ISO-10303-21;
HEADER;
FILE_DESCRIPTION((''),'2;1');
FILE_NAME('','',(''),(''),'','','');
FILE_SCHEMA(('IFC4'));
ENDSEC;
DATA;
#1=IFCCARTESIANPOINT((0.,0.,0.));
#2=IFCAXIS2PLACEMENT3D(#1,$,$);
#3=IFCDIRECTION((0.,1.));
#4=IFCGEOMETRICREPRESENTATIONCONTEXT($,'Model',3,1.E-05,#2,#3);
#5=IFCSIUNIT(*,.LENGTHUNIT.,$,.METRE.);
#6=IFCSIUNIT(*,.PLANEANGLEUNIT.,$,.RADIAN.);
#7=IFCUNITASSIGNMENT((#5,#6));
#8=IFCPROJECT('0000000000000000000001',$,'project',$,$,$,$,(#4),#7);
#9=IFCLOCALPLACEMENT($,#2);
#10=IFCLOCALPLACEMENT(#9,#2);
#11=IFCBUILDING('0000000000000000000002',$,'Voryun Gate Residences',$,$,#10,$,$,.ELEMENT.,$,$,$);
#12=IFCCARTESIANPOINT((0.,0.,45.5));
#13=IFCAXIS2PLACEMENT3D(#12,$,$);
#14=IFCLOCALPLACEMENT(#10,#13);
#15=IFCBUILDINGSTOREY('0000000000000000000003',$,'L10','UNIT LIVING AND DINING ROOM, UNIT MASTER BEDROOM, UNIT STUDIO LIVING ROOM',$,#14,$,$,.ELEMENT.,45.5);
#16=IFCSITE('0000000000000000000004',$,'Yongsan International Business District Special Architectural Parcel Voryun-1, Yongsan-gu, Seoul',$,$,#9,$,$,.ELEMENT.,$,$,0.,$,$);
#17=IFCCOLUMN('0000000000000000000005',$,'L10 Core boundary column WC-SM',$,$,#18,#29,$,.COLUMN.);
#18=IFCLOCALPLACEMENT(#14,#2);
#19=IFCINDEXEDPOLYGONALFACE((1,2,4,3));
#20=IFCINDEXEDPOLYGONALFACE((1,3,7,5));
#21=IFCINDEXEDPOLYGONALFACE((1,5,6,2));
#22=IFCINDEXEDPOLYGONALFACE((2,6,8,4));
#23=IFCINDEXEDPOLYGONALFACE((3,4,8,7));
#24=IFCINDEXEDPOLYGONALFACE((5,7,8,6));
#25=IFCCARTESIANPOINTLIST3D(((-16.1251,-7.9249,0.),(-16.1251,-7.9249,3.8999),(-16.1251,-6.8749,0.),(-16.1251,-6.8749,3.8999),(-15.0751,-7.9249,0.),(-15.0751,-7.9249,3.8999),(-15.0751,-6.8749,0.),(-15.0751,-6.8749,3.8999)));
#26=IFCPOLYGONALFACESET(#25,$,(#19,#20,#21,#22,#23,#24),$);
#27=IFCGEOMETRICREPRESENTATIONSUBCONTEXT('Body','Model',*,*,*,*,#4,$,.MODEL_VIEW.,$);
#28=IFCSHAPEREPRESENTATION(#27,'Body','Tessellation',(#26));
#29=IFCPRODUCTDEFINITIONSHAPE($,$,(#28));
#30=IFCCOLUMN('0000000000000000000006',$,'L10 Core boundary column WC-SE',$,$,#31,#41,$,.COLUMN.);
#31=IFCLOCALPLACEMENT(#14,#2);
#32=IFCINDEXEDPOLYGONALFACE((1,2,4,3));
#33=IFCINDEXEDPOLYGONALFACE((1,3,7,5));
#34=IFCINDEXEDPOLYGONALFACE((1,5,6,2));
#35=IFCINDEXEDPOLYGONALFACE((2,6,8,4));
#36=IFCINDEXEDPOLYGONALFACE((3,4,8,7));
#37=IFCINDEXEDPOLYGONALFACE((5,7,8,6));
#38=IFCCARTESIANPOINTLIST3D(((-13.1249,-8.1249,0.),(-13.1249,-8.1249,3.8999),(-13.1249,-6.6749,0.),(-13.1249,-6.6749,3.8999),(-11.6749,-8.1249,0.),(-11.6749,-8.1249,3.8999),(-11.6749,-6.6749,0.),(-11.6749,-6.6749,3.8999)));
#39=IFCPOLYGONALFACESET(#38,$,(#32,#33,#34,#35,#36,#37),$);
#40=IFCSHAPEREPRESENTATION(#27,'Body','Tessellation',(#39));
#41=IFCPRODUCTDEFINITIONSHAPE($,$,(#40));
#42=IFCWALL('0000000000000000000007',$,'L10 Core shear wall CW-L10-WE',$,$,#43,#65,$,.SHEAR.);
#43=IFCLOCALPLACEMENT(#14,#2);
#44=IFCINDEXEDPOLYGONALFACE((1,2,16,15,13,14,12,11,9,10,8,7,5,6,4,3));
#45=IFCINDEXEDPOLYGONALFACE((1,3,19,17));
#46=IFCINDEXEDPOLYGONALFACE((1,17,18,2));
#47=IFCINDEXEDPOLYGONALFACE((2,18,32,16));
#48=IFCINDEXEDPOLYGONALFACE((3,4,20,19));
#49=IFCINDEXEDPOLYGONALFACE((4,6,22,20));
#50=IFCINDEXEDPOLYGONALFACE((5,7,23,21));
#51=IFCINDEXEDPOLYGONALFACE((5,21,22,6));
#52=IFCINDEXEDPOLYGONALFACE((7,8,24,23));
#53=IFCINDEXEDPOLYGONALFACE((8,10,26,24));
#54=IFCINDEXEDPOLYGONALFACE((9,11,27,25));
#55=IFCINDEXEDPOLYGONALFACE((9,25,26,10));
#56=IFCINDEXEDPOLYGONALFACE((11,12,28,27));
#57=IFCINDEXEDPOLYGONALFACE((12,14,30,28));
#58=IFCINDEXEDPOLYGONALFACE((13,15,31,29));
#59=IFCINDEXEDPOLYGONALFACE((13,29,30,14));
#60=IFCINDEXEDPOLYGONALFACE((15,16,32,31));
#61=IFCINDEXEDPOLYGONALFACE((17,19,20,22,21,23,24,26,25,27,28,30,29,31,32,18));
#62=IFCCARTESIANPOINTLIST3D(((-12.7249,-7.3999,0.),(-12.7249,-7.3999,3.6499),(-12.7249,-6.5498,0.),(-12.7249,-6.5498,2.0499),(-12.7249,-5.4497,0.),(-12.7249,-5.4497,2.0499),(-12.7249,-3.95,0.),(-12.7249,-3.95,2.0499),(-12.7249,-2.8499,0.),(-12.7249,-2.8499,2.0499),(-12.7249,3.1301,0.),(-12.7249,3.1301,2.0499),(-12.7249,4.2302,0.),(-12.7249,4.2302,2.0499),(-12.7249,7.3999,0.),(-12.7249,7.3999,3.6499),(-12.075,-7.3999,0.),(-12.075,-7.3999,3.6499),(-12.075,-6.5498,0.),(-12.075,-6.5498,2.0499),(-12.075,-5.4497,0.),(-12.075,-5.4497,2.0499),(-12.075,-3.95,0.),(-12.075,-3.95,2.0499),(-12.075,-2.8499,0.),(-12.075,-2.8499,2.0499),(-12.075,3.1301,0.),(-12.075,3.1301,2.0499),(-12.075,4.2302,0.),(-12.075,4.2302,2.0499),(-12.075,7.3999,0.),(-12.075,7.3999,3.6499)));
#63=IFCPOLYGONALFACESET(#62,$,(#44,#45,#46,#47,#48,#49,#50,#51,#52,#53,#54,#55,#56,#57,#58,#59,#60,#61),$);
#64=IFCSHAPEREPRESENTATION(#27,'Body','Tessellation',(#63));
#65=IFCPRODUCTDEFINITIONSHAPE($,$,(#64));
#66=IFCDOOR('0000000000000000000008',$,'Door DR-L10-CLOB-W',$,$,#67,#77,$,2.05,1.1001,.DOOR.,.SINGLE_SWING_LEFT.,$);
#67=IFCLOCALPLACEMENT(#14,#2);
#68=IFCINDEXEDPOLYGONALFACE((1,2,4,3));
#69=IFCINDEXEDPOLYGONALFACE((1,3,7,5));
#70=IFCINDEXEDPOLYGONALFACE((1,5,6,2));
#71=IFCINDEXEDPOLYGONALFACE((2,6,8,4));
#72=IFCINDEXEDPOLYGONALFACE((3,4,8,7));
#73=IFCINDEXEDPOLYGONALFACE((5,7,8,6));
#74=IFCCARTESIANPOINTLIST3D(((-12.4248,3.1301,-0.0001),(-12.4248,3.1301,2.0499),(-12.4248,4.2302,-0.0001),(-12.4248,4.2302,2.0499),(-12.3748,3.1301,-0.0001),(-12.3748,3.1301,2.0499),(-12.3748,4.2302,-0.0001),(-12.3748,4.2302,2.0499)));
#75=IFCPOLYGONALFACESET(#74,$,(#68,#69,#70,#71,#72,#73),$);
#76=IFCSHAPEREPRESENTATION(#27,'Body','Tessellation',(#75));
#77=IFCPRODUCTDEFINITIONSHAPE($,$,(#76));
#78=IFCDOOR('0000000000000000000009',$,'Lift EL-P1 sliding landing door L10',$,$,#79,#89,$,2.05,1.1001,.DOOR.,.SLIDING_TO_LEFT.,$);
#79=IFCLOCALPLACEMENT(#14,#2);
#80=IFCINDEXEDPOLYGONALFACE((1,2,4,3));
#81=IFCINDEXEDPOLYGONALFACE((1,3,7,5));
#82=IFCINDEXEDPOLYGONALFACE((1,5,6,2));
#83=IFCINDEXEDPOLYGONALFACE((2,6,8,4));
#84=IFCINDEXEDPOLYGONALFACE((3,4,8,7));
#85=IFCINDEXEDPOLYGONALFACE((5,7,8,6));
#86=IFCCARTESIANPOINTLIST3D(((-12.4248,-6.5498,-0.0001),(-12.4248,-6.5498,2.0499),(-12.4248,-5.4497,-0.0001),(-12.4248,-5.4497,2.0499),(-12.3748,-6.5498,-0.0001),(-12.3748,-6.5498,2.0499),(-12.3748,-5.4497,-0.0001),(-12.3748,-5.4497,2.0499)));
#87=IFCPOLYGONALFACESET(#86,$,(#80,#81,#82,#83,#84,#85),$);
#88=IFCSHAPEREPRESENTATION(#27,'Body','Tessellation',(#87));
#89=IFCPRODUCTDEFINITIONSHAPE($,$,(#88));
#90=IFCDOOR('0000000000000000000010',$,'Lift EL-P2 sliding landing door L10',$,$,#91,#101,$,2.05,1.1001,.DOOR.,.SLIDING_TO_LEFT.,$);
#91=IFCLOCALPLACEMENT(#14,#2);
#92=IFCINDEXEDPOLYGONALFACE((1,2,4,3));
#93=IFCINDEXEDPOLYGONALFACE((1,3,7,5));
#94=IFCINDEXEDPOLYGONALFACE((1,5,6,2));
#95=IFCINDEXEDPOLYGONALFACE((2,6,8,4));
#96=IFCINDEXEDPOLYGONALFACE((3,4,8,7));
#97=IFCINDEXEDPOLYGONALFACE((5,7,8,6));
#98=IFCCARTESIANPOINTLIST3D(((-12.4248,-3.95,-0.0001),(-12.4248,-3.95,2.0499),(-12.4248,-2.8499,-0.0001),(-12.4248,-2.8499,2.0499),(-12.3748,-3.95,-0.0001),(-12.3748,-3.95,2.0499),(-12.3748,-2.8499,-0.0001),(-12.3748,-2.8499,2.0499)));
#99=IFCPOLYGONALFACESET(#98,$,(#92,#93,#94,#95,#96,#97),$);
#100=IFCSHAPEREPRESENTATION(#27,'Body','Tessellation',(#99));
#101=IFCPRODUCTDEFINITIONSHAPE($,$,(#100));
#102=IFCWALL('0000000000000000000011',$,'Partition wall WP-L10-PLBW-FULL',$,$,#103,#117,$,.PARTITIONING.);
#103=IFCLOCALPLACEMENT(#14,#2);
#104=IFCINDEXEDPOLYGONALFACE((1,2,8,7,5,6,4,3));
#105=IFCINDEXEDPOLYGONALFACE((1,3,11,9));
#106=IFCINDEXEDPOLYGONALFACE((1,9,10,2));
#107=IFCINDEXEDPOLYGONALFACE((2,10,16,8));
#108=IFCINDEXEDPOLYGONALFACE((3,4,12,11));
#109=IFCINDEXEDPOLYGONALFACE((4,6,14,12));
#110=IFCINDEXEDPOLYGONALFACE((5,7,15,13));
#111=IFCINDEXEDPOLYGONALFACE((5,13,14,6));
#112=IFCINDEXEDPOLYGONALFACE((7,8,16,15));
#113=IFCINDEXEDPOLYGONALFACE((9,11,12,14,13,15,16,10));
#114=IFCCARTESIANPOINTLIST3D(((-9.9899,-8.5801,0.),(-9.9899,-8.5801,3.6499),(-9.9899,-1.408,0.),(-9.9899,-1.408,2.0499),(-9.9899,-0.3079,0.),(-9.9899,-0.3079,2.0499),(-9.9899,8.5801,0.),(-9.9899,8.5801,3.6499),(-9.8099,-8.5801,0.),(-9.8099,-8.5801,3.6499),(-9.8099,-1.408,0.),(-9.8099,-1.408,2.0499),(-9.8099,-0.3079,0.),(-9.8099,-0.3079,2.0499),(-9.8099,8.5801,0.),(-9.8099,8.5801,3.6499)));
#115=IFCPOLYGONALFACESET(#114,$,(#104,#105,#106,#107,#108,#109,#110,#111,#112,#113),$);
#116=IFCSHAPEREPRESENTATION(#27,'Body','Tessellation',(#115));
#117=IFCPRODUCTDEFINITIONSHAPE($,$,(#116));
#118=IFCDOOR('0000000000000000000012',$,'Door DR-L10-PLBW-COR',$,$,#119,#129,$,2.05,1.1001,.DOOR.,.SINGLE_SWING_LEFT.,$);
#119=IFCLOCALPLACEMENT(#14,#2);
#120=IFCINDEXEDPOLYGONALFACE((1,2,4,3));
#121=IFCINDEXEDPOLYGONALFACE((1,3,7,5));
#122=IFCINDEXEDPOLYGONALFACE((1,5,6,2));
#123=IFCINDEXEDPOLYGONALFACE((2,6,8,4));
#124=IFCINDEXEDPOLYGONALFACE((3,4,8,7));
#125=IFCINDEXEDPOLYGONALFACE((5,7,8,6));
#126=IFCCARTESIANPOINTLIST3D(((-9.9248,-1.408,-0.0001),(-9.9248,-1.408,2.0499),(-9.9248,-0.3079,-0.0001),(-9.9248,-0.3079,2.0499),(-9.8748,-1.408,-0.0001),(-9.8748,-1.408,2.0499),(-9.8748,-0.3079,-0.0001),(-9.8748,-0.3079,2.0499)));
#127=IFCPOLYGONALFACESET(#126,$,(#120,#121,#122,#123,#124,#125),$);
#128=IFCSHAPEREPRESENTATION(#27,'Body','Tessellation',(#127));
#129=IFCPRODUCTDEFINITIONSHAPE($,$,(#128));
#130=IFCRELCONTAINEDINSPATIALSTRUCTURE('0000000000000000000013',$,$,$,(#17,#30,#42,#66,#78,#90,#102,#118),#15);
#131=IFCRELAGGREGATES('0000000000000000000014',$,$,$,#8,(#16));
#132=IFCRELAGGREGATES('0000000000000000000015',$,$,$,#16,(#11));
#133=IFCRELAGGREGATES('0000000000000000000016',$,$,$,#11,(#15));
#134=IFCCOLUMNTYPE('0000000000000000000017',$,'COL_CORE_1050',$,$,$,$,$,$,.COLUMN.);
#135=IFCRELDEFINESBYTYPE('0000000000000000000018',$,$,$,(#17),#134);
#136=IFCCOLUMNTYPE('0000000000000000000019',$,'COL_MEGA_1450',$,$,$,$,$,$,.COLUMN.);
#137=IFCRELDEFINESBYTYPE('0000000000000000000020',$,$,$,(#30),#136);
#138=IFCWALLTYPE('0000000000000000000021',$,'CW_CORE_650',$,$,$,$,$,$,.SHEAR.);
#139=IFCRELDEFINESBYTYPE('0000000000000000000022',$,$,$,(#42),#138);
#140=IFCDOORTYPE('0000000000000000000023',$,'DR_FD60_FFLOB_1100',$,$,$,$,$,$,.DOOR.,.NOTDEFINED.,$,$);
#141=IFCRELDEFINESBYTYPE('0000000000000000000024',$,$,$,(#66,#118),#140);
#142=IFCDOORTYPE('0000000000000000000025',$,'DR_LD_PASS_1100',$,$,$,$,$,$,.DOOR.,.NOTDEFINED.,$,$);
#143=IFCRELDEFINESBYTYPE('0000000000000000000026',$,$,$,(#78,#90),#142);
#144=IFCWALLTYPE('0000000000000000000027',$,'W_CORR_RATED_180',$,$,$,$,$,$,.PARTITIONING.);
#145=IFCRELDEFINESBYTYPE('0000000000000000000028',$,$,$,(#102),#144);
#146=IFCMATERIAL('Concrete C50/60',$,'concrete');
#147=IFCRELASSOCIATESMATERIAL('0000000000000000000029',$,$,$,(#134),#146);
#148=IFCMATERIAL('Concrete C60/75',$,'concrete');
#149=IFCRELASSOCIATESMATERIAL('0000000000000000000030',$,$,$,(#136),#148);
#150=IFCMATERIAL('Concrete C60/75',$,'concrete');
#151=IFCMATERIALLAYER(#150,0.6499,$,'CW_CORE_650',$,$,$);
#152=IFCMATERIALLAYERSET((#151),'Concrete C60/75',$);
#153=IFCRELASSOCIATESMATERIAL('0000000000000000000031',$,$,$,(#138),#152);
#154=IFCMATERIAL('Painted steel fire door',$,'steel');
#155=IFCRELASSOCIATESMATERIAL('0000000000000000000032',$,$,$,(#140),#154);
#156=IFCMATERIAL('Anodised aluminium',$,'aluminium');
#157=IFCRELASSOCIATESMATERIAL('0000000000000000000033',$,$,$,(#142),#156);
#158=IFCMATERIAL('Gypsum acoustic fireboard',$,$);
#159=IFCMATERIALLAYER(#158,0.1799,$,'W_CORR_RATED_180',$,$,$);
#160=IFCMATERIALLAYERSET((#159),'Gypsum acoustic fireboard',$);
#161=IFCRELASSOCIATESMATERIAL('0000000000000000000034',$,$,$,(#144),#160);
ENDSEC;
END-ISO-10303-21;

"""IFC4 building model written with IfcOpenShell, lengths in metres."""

from ifc_helpers import new_model, si_unit, direction, frame, frame_2d, origin, origin_2d, place, context, subcontext, project, spatial, rectangle, extrude, material, layer, layer_set, material_profile, profile_set, type_object, element, fill, save


model = new_model("IFC4")

# Units and contexts
model_context = context("Model", 3, precision=1e-05, world=origin(), true_north=direction((0.0, 1.0)))
body_context = subcontext(model_context, "Body", "Model", "MODEL_VIEW")
ifc_project = project(units=[si_unit("LENGTHUNIT", "METRE"), si_unit("PLANEANGLEUNIT", "RADIAN")], contexts=[model_context])

# Site, building, storey
site_placement = place(None, origin())
site = spatial("IfcSite", under=ifc_project, at=site_placement, Name="Yongsan International Business District Special Architectural Parcel Voryun-1, Yongsan-gu, Seoul", CompositionType="ELEMENT", RefElevation=0.0)
building_placement = place(site_placement, origin())
building = spatial("IfcBuilding", under=site, at=building_placement, Name="Voryun Gate Residences", CompositionType="ELEMENT")
storey_placement = place(building_placement, frame((0.0, 0.0, 45.5)))
storey = spatial("IfcBuildingStorey", under=building, at=storey_placement, Name="L10", Description="UNIT LIVING AND DINING ROOM, UNIT MASTER BEDROOM, UNIT STUDIO LIVING ROOM", CompositionType="ELEMENT", Elevation=45.5)

# Columns
ifc_material_1 = material(Name="Concrete C50/60", Category="concrete")
ifc_material_profile_1 = material_profile(ifc_material_1, rectangle(XDim=1.05, YDim=1.05, at=origin_2d()), Name="RC-1050x1050")
ifc_profile_set_1 = profile_set([ifc_material_profile_1], Name="Concrete C50/60")
column_type_1 = type_object("IfcColumnType", Name="COL_CORE_1050", PredefinedType="COLUMN", material=ifc_profile_set_1)
column_1_placement = place(storey_placement, frame((-15.6001, -7.3999, 0.0), z_axis=(0.0, 0.0, 1.0), x_axis=(1.0, 0.0, 0.0)))
element("IfcColumn", 1, at=column_1_placement, inside=storey, type_object=column_type_1, Name="L10 Core boundary column WC-SM", PredefinedType="COLUMN", context=body_context, shape_type="SweptSolid", body=[
    extrude(rectangle(XDim=1.05, YDim=1.05, at=origin_2d()), origin(), (0.0, 0.0, 1.0), 3.8999),
])
ifc_material_2 = material(Name="Concrete C60/75", Category="concrete")
ifc_material_profile_2 = material_profile(ifc_material_2, rectangle(XDim=1.45, YDim=1.45, at=origin_2d()), Name="RC-1450x1450")
ifc_profile_set_2 = profile_set([ifc_material_profile_2], Name="Concrete C60/75")
column_type_2 = type_object("IfcColumnType", Name="COL_MEGA_1450", PredefinedType="COLUMN", material=ifc_profile_set_2)
column_2_placement = place(storey_placement, frame((-12.3999, -7.3999, 0.0), z_axis=(0.0, 0.0, 1.0), x_axis=(1.0, 0.0, 0.0)))
element("IfcColumn", 2, at=column_2_placement, inside=storey, type_object=column_type_2, Name="L10 Core boundary column WC-SE", PredefinedType="COLUMN", context=body_context, shape_type="SweptSolid", body=[
    extrude(rectangle(XDim=1.45, YDim=1.45, at=origin_2d()), origin(), (0.0, 0.0, 1.0), 3.8999),
])

# Wall, openings, doors
ifc_material_3 = material(Name="Concrete C60/75", Category="concrete")
ifc_layer_1 = layer(ifc_material_3, 0.6499, Name="CW_CORE_650")
ifc_layer_set_1 = layer_set([ifc_layer_1], Name="Concrete C60/75")
wall_type_1 = type_object("IfcWallType", Name="CW_CORE_650", PredefinedType="SHEAR", material=ifc_layer_set_1)
wall_1_placement = place(storey_placement, frame((-12.3999, -7.3999, 0.0), z_axis=(0.0, 0.0, 1.0), x_axis=(0.0, 1.0, 0.0)))
wall_1 = element("IfcWall", 3, at=wall_1_placement, inside=storey, type_object=wall_type_1, Name="L10 Core shear wall CW-L10-WE", PredefinedType="SHEAR", context=body_context, shape_type="SweptSolid", body=[
    extrude(rectangle(XDim=14.7998, YDim=0.6499, at=frame_2d((7.3999, 0.0))), origin(), (0.0, 0.0, 1.0), 3.6499),
])
opening_1_placement = place(wall_1_placement, frame((0.8501, 0.0, 0.0)))
opening_1 = element("IfcOpeningElement", 4, at=opening_1_placement, cuts=wall_1, PredefinedType="OPENING", context=body_context, shape_type="SweptSolid", body=[
    extrude(rectangle(XDim=1.1001, YDim=2.05, at=frame_2d((0.55, 1.0249))), frame((0.0, 0.335, 0.0), z_axis=(0.0, -1.0, 0.0), x_axis=(1.0, 0.0, 0.0)), (0.0, 0.0, 1.0), 0.6699),
])
opening_2_placement = place(wall_1_placement, frame((3.45, 0.0, 0.0)))
opening_2 = element("IfcOpeningElement", 5, at=opening_2_placement, cuts=wall_1, PredefinedType="OPENING", context=body_context, shape_type="SweptSolid", body=[
    extrude(rectangle(XDim=1.1001, YDim=2.05, at=frame_2d((0.55, 1.0249))), frame((0.0, 0.335, 0.0), z_axis=(0.0, -1.0, 0.0), x_axis=(1.0, 0.0, 0.0)), (0.0, 0.0, 1.0), 0.6699),
])
opening_3_placement = place(wall_1_placement, frame((10.53, 0.0, 0.0)))
opening_3 = element("IfcOpeningElement", 6, at=opening_3_placement, cuts=wall_1, PredefinedType="OPENING", context=body_context, shape_type="SweptSolid", body=[
    extrude(rectangle(XDim=1.1001, YDim=2.05, at=frame_2d((0.55, 1.0249))), frame((0.0, 0.335, 0.0), z_axis=(0.0, -1.0, 0.0), x_axis=(1.0, 0.0, 0.0)), (0.0, 0.0, 1.0), 0.6699),
])
ifc_material_4 = material(Name="Painted steel fire door", Category="steel")
door_type_1 = type_object("IfcDoorType", Name="DR_FD60_FFLOB_1100", OperationType="NOTDEFINED", PredefinedType="DOOR", material=ifc_material_4)
door_1_placement = place(opening_3_placement, origin())
door_1 = element("IfcDoor", 7, at=door_1_placement, inside=storey, type_object=door_type_1, Name="Door DR-L10-CLOB-W", OperationType="SINGLE_SWING_LEFT", OverallHeight=2.05, OverallWidth=1.1001, PredefinedType="DOOR", context=body_context, shape_type="SweptSolid", body=[
    extrude(rectangle(XDim=1.1001, YDim=2.05, at=frame_2d((0.55, 1.0249))), frame((0.0, 0.0249, 0.0), z_axis=(0.0, -1.0, 0.0), x_axis=(1.0, 0.0, 0.0)), (0.0, 0.0, 1.0), 0.05),
])
fill(opening_3, door_1)
ifc_material_5 = material(Name="Anodised aluminium", Category="aluminium")
door_type_2 = type_object("IfcDoorType", Name="DR_LD_PASS_1100", OperationType="NOTDEFINED", PredefinedType="DOOR", material=ifc_material_5)
door_2_placement = place(opening_1_placement, origin())
door_2 = element("IfcDoor", 8, at=door_2_placement, inside=storey, type_object=door_type_2, Name="Lift EL-P1 sliding landing door L10", OperationType="SLIDING_TO_LEFT", OverallHeight=2.05, OverallWidth=1.1001, PredefinedType="DOOR", context=body_context, shape_type="SweptSolid", body=[
    extrude(rectangle(XDim=1.1001, YDim=2.05, at=frame_2d((0.55, 1.0249))), frame((0.0, 0.0249, 0.0), z_axis=(0.0, -1.0, 0.0), x_axis=(1.0, 0.0, 0.0)), (0.0, 0.0, 1.0), 0.05),
])
fill(opening_1, door_2)
door_3_placement = place(opening_2_placement, origin())
door_3 = element("IfcDoor", 9, at=door_3_placement, inside=storey, type_object=door_type_2, Name="Lift EL-P2 sliding landing door L10", OperationType="SLIDING_TO_LEFT", OverallHeight=2.05, OverallWidth=1.1001, PredefinedType="DOOR", context=body_context, shape_type="SweptSolid", body=[
    extrude(rectangle(XDim=1.1001, YDim=2.05, at=frame_2d((0.55, 1.0249))), frame((0.0, 0.0249, 0.0), z_axis=(0.0, -1.0, 0.0), x_axis=(1.0, 0.0, 0.0)), (0.0, 0.0, 1.0), 0.05),
])
fill(opening_2, door_3)

# Wall, opening, door
ifc_material_6 = material(Name="Gypsum acoustic fireboard")
ifc_layer_2 = layer(ifc_material_6, 0.1799, Name="W_CORR_RATED_180")
ifc_layer_set_2 = layer_set([ifc_layer_2], Name="Gypsum acoustic fireboard")
wall_type_2 = type_object("IfcWallType", Name="W_CORR_RATED_180", PredefinedType="PARTITIONING", material=ifc_layer_set_2)
wall_2_placement = place(storey_placement, frame((-9.8999, -8.5801, 0.0), z_axis=(0.0, 0.0, 1.0), x_axis=(0.0, 1.0, 0.0)))
wall_2 = element("IfcWall", 10, at=wall_2_placement, inside=storey, type_object=wall_type_2, Name="Partition wall WP-L10-PLBW-FULL", PredefinedType="PARTITIONING", context=body_context, shape_type="SweptSolid", body=[
    extrude(rectangle(XDim=17.1602, YDim=0.1799, at=frame_2d((8.5801, 0.0))), origin(), (0.0, 0.0, 1.0), 3.6499),
])
opening_4_placement = place(wall_2_placement, frame((7.1721, 0.0, 0.0)))
opening_4 = element("IfcOpeningElement", 11, at=opening_4_placement, cuts=wall_2, PredefinedType="OPENING", context=body_context, shape_type="SweptSolid", body=[
    extrude(rectangle(XDim=1.1001, YDim=2.05, at=frame_2d((0.55, 1.0249))), frame((0.0, 0.0999, 0.0), z_axis=(0.0, -1.0, 0.0), x_axis=(1.0, 0.0, 0.0)), (0.0, 0.0, 1.0), 0.2),
])
door_4_placement = place(opening_4_placement, origin())
door_4 = element("IfcDoor", 12, at=door_4_placement, inside=storey, type_object=door_type_1, Name="Door DR-L10-PLBW-COR", OperationType="SINGLE_SWING_LEFT", OverallHeight=2.05, OverallWidth=1.1001, PredefinedType="DOOR", context=body_context, shape_type="SweptSolid", body=[
    extrude(rectangle(XDim=1.1001, YDim=2.05, at=frame_2d((0.55, 1.0249))), frame((0.0, 0.0249, 0.0), z_axis=(0.0, -1.0, 0.0), x_axis=(1.0, 0.0, 0.0)), (0.0, 0.0, 1.0), 0.05),
])
fill(opening_4, door_4)

save(model, "model.ifc")
